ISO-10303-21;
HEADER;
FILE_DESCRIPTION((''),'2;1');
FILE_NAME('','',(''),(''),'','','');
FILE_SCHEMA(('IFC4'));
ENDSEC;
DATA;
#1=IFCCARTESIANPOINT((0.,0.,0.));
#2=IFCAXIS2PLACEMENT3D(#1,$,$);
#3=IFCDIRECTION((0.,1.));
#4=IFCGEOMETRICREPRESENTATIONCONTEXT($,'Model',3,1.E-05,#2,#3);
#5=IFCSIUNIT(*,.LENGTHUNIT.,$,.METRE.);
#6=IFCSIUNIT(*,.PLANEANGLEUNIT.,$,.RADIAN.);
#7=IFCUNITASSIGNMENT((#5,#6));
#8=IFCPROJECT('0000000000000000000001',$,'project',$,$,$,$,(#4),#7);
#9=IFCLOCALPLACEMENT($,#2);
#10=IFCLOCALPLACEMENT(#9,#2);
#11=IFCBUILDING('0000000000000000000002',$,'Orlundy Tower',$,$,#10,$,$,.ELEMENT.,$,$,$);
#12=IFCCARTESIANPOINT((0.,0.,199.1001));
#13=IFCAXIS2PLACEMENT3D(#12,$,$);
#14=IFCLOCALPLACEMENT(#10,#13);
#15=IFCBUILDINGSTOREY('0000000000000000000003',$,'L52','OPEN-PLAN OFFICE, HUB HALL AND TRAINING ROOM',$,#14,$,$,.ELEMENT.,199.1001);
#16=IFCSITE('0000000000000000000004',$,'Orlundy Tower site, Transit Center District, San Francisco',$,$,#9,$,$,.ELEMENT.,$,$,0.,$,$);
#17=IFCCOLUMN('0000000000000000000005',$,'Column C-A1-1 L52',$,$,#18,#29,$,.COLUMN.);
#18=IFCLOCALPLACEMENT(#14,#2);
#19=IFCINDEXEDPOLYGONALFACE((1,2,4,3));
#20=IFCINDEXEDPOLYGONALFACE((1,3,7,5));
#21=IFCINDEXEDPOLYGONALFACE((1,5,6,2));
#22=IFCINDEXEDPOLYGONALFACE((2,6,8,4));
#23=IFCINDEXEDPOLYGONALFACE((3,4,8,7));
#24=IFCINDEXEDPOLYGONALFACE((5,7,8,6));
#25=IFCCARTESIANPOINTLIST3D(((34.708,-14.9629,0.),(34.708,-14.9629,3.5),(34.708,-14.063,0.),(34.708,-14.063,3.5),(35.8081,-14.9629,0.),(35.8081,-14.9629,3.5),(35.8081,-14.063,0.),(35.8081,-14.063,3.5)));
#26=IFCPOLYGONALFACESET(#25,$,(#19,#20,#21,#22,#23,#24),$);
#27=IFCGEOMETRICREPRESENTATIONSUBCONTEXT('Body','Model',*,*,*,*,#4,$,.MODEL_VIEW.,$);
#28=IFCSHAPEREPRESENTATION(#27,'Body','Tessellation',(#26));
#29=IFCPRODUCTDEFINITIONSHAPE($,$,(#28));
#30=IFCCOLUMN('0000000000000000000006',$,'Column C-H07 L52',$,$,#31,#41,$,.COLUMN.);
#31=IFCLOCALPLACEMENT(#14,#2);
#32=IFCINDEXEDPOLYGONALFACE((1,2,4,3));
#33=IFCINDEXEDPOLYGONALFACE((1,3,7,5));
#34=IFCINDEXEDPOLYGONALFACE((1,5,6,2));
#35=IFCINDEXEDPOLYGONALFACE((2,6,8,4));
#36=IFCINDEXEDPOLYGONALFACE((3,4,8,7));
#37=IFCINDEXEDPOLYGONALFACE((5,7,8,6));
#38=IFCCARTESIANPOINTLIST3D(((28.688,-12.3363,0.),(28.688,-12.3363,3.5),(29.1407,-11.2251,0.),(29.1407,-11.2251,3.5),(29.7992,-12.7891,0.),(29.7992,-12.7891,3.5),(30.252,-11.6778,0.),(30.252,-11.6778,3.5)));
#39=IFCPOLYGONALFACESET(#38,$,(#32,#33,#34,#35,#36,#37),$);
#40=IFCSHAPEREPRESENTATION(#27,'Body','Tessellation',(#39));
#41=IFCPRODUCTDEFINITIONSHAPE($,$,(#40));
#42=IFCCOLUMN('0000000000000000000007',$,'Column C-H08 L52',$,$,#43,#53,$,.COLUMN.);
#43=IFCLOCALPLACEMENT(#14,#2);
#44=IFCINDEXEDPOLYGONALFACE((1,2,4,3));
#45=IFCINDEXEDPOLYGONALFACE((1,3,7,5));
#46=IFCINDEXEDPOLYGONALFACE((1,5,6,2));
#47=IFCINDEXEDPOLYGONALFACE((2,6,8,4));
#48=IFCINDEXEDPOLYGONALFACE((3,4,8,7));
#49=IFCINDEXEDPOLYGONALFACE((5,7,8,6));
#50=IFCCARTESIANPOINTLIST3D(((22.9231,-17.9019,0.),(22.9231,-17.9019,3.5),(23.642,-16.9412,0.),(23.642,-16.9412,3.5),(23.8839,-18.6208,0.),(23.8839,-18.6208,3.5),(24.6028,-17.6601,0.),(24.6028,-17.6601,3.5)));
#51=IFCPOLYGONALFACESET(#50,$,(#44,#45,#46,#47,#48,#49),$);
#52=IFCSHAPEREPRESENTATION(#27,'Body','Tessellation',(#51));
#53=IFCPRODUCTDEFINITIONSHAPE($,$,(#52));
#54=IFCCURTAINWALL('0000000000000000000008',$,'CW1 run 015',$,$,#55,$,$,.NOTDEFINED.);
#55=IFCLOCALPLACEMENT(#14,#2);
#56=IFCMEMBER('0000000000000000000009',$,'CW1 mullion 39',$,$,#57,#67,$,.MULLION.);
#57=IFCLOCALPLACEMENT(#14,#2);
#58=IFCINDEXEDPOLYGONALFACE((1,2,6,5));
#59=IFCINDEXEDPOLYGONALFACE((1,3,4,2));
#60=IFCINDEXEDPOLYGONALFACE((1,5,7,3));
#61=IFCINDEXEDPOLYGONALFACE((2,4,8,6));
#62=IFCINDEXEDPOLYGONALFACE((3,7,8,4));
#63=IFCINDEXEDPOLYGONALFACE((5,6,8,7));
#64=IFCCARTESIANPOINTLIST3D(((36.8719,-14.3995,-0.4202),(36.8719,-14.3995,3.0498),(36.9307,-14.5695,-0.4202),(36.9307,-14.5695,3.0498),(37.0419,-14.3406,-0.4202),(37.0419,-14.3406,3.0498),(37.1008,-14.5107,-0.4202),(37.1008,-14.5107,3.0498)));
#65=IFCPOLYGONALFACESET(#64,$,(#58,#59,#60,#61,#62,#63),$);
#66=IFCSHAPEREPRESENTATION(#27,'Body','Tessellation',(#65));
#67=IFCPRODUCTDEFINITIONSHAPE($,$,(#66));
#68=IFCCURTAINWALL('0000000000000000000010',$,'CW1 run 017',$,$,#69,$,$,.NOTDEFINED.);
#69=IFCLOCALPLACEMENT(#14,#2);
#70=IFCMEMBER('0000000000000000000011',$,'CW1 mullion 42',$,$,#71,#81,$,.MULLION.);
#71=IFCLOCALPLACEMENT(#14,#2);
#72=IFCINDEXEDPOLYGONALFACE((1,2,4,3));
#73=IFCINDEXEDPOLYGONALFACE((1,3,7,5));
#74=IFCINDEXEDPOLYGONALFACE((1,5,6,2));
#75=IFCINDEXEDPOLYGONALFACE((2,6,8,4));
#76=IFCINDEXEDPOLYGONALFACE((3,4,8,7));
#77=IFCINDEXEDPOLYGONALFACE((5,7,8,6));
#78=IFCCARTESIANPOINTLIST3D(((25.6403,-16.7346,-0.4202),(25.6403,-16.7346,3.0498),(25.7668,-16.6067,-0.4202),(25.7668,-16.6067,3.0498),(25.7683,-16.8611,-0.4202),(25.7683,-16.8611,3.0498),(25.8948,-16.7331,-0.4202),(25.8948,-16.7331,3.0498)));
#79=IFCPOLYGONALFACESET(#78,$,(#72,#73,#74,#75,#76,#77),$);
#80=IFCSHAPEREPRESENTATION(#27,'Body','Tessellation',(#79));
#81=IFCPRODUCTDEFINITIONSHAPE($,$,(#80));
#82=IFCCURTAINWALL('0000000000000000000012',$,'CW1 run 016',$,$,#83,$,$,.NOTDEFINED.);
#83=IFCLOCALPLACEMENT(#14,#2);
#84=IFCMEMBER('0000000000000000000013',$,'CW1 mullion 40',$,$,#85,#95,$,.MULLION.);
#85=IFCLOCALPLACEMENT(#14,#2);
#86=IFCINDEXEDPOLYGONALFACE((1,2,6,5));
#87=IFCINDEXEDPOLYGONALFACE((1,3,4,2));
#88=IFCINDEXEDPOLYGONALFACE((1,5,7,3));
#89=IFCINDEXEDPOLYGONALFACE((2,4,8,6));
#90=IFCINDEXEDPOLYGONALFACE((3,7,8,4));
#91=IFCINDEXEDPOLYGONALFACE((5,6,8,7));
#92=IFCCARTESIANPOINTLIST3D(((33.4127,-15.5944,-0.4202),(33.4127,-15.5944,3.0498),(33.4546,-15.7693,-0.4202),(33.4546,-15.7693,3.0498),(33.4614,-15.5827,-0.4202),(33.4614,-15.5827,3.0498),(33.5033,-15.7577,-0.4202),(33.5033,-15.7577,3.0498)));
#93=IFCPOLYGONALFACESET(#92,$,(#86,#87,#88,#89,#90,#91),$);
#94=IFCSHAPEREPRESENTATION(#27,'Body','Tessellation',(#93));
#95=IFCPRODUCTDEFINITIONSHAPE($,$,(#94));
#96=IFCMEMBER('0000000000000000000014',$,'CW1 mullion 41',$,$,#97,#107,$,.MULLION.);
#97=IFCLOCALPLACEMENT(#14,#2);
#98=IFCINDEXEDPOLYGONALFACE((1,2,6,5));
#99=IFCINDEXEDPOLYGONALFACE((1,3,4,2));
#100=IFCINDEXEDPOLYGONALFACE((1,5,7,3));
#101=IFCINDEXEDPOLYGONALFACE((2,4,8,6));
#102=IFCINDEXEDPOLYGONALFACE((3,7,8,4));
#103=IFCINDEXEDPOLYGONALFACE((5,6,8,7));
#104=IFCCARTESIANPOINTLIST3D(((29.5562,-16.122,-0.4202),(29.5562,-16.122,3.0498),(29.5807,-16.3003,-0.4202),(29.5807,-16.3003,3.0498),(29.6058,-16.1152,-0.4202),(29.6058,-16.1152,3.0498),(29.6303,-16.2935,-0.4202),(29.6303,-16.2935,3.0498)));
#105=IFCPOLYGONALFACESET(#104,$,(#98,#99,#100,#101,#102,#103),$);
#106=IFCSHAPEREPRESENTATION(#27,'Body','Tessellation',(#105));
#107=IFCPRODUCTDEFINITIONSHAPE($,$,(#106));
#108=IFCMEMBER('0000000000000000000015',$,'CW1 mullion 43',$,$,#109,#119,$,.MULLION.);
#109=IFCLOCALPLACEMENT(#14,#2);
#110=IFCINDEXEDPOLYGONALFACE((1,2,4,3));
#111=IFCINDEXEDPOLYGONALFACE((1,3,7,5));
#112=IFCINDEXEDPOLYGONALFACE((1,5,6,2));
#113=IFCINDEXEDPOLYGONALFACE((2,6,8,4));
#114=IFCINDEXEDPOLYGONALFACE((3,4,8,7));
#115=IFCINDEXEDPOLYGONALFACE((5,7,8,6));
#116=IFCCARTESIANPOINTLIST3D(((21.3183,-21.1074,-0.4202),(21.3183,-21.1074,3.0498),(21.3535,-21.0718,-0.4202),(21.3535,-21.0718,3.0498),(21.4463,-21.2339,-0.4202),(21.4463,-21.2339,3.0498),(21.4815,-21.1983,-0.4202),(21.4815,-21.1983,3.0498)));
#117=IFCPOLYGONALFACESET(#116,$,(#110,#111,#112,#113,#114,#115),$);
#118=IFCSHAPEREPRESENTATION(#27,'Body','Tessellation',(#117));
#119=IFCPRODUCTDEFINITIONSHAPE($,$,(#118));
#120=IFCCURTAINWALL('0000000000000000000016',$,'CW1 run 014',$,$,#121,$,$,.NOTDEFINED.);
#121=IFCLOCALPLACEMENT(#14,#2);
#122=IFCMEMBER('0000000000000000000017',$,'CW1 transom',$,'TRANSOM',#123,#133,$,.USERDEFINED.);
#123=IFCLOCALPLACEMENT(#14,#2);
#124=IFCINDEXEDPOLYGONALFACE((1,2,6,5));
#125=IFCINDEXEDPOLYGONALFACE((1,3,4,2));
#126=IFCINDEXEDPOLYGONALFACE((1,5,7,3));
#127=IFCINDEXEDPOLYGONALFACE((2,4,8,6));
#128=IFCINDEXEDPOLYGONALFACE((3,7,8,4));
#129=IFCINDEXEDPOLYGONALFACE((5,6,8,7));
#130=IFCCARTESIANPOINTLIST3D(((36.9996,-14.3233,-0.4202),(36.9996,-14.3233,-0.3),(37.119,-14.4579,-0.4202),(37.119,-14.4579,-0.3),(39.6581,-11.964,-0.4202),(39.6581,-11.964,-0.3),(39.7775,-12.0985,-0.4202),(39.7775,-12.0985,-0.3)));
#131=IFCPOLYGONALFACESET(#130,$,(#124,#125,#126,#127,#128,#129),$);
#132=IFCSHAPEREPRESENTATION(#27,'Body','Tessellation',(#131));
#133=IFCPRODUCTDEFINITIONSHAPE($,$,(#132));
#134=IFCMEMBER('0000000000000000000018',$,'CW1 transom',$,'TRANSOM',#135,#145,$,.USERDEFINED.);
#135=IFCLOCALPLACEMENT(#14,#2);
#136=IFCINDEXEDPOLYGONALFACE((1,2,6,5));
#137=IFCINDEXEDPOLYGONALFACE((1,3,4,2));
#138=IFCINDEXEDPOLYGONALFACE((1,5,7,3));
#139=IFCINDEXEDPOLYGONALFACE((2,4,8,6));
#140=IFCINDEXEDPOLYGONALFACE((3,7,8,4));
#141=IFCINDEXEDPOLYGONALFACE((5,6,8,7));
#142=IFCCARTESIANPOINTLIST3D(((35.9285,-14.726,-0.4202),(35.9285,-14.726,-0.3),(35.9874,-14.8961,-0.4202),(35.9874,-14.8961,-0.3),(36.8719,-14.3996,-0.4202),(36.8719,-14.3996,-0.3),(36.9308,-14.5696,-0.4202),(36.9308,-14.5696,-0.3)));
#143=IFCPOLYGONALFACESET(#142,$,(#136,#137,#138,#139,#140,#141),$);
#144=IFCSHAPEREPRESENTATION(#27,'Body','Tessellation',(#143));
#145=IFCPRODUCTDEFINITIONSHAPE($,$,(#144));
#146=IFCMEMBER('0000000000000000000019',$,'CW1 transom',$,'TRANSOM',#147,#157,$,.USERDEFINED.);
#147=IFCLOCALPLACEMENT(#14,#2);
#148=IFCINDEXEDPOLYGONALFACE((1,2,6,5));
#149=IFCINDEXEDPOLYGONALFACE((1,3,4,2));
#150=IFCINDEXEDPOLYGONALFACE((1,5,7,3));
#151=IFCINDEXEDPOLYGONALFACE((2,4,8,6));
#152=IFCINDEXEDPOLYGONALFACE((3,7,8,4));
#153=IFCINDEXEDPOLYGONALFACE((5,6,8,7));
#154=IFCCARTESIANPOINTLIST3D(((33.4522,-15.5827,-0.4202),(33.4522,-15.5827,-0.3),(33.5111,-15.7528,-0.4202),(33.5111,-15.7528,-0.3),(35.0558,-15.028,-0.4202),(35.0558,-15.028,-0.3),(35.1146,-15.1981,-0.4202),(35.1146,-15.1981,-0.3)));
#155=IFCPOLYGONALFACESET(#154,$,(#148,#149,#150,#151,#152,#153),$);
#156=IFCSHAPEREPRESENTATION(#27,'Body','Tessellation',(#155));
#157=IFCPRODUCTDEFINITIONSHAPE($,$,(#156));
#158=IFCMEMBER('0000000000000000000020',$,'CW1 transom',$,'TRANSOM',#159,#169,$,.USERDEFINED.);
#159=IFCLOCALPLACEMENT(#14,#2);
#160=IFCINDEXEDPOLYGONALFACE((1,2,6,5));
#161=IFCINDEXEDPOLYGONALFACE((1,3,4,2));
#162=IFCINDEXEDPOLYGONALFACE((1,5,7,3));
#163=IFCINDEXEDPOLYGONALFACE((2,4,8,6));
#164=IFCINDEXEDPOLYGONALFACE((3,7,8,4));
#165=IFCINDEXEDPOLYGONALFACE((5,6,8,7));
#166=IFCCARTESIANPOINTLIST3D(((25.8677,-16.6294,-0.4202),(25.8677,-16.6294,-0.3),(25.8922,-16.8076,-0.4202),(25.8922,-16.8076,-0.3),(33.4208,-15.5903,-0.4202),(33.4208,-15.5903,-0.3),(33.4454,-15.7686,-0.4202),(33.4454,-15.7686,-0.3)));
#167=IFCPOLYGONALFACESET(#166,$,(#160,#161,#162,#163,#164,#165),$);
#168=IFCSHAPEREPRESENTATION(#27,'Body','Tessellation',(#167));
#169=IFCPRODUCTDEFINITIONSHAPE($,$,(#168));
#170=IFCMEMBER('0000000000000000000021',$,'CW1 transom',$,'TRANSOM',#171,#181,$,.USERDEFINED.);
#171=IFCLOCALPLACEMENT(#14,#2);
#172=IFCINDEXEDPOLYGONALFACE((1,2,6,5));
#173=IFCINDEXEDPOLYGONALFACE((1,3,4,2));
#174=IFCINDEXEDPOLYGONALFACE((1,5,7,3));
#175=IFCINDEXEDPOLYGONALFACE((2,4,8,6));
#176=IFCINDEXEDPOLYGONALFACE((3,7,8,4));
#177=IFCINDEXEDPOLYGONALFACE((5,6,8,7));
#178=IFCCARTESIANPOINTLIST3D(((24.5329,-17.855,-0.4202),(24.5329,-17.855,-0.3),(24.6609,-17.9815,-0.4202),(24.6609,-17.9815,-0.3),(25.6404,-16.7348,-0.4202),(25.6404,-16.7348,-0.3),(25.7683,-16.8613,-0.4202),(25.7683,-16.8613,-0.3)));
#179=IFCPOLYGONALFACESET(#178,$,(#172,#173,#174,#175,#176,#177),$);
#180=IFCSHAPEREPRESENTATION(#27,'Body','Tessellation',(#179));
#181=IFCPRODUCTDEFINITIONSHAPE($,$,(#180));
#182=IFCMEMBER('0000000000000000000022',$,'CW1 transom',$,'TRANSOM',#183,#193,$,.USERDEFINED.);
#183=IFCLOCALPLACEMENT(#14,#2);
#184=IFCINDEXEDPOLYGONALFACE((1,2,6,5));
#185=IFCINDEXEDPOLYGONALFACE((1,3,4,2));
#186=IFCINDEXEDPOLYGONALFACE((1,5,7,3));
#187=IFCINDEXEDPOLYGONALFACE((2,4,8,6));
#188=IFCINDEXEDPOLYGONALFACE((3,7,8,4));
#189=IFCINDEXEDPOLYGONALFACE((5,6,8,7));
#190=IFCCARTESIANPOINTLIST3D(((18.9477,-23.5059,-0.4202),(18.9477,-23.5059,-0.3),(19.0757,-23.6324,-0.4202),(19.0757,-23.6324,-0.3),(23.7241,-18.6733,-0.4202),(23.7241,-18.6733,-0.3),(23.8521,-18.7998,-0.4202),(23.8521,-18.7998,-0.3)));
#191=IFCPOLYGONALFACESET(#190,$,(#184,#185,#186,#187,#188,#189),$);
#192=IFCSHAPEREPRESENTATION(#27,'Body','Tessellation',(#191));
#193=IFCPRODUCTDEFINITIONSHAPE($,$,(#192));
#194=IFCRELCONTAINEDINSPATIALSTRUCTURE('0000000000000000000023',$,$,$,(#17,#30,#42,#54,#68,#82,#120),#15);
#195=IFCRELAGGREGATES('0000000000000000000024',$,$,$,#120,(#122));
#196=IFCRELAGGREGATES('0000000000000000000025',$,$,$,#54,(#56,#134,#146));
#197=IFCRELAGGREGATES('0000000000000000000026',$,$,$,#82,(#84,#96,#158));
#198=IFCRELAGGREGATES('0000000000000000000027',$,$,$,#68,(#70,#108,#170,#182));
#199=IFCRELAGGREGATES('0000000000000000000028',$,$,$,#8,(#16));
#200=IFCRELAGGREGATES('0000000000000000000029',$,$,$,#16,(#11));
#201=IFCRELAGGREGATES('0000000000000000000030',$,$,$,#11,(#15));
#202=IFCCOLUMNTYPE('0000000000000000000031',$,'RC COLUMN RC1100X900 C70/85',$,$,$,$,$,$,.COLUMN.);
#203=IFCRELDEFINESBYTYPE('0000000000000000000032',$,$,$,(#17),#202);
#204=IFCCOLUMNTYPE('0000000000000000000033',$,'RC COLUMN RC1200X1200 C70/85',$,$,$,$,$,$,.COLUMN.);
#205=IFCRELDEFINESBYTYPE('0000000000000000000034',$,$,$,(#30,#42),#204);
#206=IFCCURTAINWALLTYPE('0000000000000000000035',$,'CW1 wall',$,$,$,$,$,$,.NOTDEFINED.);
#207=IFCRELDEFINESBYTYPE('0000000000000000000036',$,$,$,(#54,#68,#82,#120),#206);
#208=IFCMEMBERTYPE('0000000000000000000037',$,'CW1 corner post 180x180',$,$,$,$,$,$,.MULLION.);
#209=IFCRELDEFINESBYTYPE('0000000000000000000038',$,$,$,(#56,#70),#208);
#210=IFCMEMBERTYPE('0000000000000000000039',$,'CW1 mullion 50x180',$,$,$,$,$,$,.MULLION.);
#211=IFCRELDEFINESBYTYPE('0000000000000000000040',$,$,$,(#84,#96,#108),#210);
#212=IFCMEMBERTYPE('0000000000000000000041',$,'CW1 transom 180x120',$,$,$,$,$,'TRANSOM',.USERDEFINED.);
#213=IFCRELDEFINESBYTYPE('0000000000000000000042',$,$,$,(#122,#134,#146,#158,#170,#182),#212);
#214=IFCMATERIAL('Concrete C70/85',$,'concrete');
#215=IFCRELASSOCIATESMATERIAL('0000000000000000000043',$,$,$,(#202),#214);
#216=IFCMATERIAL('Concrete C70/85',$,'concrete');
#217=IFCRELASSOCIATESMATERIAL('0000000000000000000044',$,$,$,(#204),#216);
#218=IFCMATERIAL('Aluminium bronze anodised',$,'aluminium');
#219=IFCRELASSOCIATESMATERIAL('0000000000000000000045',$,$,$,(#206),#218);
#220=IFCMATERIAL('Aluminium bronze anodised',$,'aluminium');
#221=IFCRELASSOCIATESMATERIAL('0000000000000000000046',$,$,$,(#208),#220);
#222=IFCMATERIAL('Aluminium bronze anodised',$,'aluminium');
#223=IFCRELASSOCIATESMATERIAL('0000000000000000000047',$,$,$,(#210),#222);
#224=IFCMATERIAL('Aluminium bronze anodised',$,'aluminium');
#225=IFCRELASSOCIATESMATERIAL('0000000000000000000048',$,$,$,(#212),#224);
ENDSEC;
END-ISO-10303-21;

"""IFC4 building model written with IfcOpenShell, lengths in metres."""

from ifc_helpers import new_model, si_unit, direction, frame, origin, origin_2d, place, context, subcontext, project, spatial, rectangle, extrude, material, material_profile, profile_set, type_object, element, aggregate, save


model = new_model("IFC4")

# Units and contexts
model_context = context("Model", 3, precision=1e-05, world=origin(), true_north=direction((0.0, 1.0)))
body_context = subcontext(model_context, "Body", "Model", "MODEL_VIEW")
ifc_project = project(units=[si_unit("LENGTHUNIT", "METRE"), si_unit("PLANEANGLEUNIT", "RADIAN")], contexts=[model_context])

# Site, building, storey
site_placement = place(None, origin())
site = spatial("IfcSite", under=ifc_project, at=site_placement, Name="Orlundy Tower site, Transit Center District, San Francisco", CompositionType="ELEMENT", RefElevation=0.0)
building_placement = place(site_placement, origin())
building = spatial("IfcBuilding", under=site, at=building_placement, Name="Orlundy Tower", CompositionType="ELEMENT")
storey_placement = place(building_placement, frame((0.0, 0.0, 199.1001)))
storey = spatial("IfcBuildingStorey", under=building, at=storey_placement, Name="L52", Description="OPEN-PLAN OFFICE, HUB HALL AND TRAINING ROOM", CompositionType="ELEMENT", Elevation=199.1001)

# Columns
ifc_material_1 = material(Name="Concrete C70/85", Category="concrete")
ifc_material_profile_1 = material_profile(ifc_material_1, rectangle(XDim=1.1001, YDim=0.8999, at=origin_2d()), Name="RC1100X900")
ifc_profile_set_1 = profile_set([ifc_material_profile_1], Name="Concrete C70/85")
column_type_1 = type_object("IfcColumnType", Name="RC COLUMN RC1100X900 C70/85", PredefinedType="COLUMN", material=ifc_profile_set_1)
column_placement = place(storey_placement, frame((35.2581, -14.5129, 0.0), z_axis=(0.0, 0.0, 1.0), x_axis=(1.0, 0.0, 0.0)))
element("IfcColumn", 1, at=column_placement, inside=storey, type_object=column_type_1, Name="Column C-A1-1 L52", PredefinedType="COLUMN", context=body_context, shape_type="SweptSolid", body=[
    extrude(rectangle(XDim=1.1001, YDim=0.8999, at=origin_2d()), origin(), (0.0, 0.0, 1.0), 3.5),
])
ifc_material_2 = material(Name="Concrete C70/85", Category="concrete")
ifc_material_profile_2 = material_profile(ifc_material_2, rectangle(XDim=1.2, YDim=1.2, at=origin_2d()), Name="RC1200X1200")
ifc_profile_set_2 = profile_set([ifc_material_profile_2], Name="Concrete C70/85")
column_type_2 = type_object("IfcColumnType", Name="RC COLUMN RC1200X1200 C70/85", PredefinedType="COLUMN", material=ifc_profile_set_2)
for number, where, z_axis, x_axis, name in (
    (2, (29.47, -12.0071, 0.0), (0.0, 0.0, 1.0), (0.926081, -0.377324, 0.0), "Column C-H07 L52"),
    (3, (23.7629, -17.781, 0.0), (0.0, 0.0, 1.0), (0.800669, -0.599107, 0.0), "Column C-H08 L52"),
):
    element("IfcColumn", number, at=place(storey_placement, frame(where, z_axis=z_axis, x_axis=x_axis)), inside=storey, type_object=column_type_2, Name=name, PredefinedType="COLUMN", context=body_context, shape_type="SweptSolid", body=[
        extrude(rectangle(XDim=1.2, YDim=1.2, at=origin_2d()), origin(), (0.0, 0.0, 1.0), 3.5),
    ])

# Curtain walls, members
ifc_material_3 = material(Name="Aluminium bronze anodised", Category="aluminium")
curtain_wall_type = type_object("IfcCurtainWallType", Name="CW1 wall", PredefinedType="NOTDEFINED", material=ifc_material_3)
curtain_wall_1_placement = place(storey_placement, origin())
curtain_wall_1 = element("IfcCurtainWall", 4, at=curtain_wall_1_placement, inside=storey, type_object=curtain_wall_type, Name="CW1 run 015", PredefinedType="NOTDEFINED")
ifc_material_4 = material(Name="Aluminium bronze anodised", Category="aluminium")
ifc_material_profile_3 = material_profile(ifc_material_4, rectangle(XDim=0.1799, YDim=0.1799, at=origin_2d()), Name="CW1 corner post 180x180")
ifc_profile_set_3 = profile_set([ifc_material_profile_3], Name="Aluminium bronze anodised")
member_type_1 = type_object("IfcMemberType", Name="CW1 corner post 180x180", PredefinedType="MULLION", material=ifc_profile_set_3)
member_1_placement = place(storey_placement, frame((36.9863, -14.4551, -0.4202), z_axis=(0.0, 0.0, 1.0), x_axis=(0.326972, -0.945034, 0.0)))
member_1 = element("IfcMember", 5, at=member_1_placement, type_object=member_type_1, Name="CW1 mullion 39", PredefinedType="MULLION", context=body_context, shape_type="SweptSolid", body=[
    extrude(rectangle(XDim=0.1799, YDim=0.1799, at=origin_2d()), origin(), (0.0, 0.0, 1.0), 3.47),
])
curtain_wall_2_placement = place(storey_placement, origin())
curtain_wall_2 = element("IfcCurtainWall", 6, at=curtain_wall_2_placement, inside=storey, type_object=curtain_wall_type, Name="CW1 run 017", PredefinedType="NOTDEFINED")
member_2_placement = place(storey_placement, frame((25.7676, -16.7339, -0.4202), z_axis=(0.0, 0.0, 1.0), x_axis=(0.711219, -0.70297, 0.0)))
member_2 = element("IfcMember", 7, at=member_2_placement, type_object=member_type_1, Name="CW1 mullion 42", PredefinedType="MULLION", context=body_context, shape_type="SweptSolid", body=[
    extrude(rectangle(XDim=0.1799, YDim=0.1799, at=origin_2d()), origin(), (0.0, 0.0, 1.0), 3.47),
])

# Curtain wall, members
curtain_wall_3_placement = place(storey_placement, origin())
curtain_wall_3 = element("IfcCurtainWall", 8, at=curtain_wall_3_placement, inside=storey, type_object=curtain_wall_type, Name="CW1 run 016", PredefinedType="NOTDEFINED")
ifc_material_5 = material(Name="Aluminium bronze anodised", Category="aluminium")
ifc_material_profile_4 = material_profile(ifc_material_5, rectangle(XDim=0.1799, YDim=0.05, at=origin_2d()), Name="CW1 mullion 50x180")
ifc_profile_set_4 = profile_set([ifc_material_profile_4], Name="Aluminium bronze anodised")
member_type_2 = type_object("IfcMemberType", Name="CW1 mullion 50x180", PredefinedType="MULLION", material=ifc_profile_set_4)
member_3_placement = place(storey_placement, frame((33.458, -15.676, -0.4202), z_axis=(0.0, 0.0, 1.0), x_axis=(0.232754, -0.972536, 0.0)))
member_3 = element("IfcMember", 9, at=member_3_placement, type_object=member_type_2, Name="CW1 mullion 40", PredefinedType="MULLION", context=body_context, shape_type="SweptSolid", body=[
    extrude(rectangle(XDim=0.1799, YDim=0.05, at=origin_2d()), origin(), (0.0, 0.0, 1.0), 3.47),
])
member_4_placement = place(storey_placement, frame((29.5933, -16.2078, -0.4202), z_axis=(0.0, 0.0, 1.0), x_axis=(0.136294, -0.990668, 0.0)))
member_4 = element("IfcMember", 10, at=member_4_placement, type_object=member_type_2, Name="CW1 mullion 41", PredefinedType="MULLION", context=body_context, shape_type="SweptSolid", body=[
    extrude(rectangle(XDim=0.1799, YDim=0.05, at=origin_2d()), origin(), (0.0, 0.0, 1.0), 3.47),
])

# Member
member_5_placement = place(storey_placement, frame((21.3999, -21.1528, -0.4202), z_axis=(0.0, 0.0, 1.0), x_axis=(0.711219, -0.70297, 0.0)))
member_5 = element("IfcMember", 11, at=member_5_placement, type_object=member_type_2, Name="CW1 mullion 43", PredefinedType="MULLION", context=body_context, shape_type="SweptSolid", body=[
    extrude(rectangle(XDim=0.1799, YDim=0.05, at=origin_2d()), origin(), (0.0, 0.0, 1.0), 3.47),
])

# Curtain wall, member
curtain_wall_4_placement = place(storey_placement, origin())
curtain_wall_4 = element("IfcCurtainWall", 12, at=curtain_wall_4_placement, inside=storey, type_object=curtain_wall_type, Name="CW1 run 014", PredefinedType="NOTDEFINED")
ifc_material_6 = material(Name="Aluminium bronze anodised", Category="aluminium")
ifc_material_profile_5 = material_profile(ifc_material_6, rectangle(XDim=0.1799, YDim=0.1201, at=origin_2d()), Name="CW1 transom 180x120")
ifc_profile_set_5 = profile_set([ifc_material_profile_5], Name="Aluminium bronze anodised")
member_type_3 = type_object("IfcMemberType", Name="CW1 transom 180x120", ElementType="TRANSOM", PredefinedType="USERDEFINED", material=ifc_profile_set_5)
member_6_placement = place(storey_placement, frame((39.7178, -12.0312, -0.3601), z_axis=(-0.747924, -0.663784, 0.0), x_axis=(0.663784, -0.747924, 0.0)))
member_6 = element("IfcMember", 13, at=member_6_placement, type_object=member_type_3, Name="CW1 transom", ObjectType="TRANSOM", PredefinedType="USERDEFINED", context=body_context, shape_type="SweptSolid", body=[
    extrude(rectangle(XDim=0.1799, YDim=0.1201, at=origin_2d()), origin(), (0.0, 0.0, 1.0), 3.5544),
])

# Members
member_7_placement = place(storey_placement, frame((36.9014, -14.4846, -0.3601), z_axis=(-0.945027, -0.326993, 0.0), x_axis=(0.326993, -0.945027, 0.0)))
member_7 = element("IfcMember", 14, at=member_7_placement, type_object=member_type_3, Name="CW1 transom", ObjectType="TRANSOM", PredefinedType="USERDEFINED", context=body_context, shape_type="SweptSolid", body=[
    extrude(rectangle(XDim=0.1799, YDim=0.1201, at=origin_2d()), origin(), (0.0, 0.0, 1.0), 0.9983),
])
member_8_placement = place(storey_placement, frame((35.0852, -15.113, -0.3601), z_axis=(-0.945054, -0.326913, 0.0), x_axis=(0.326913, -0.945054, 0.0)))
member_8 = element("IfcMember", 15, at=member_8_placement, type_object=member_type_3, Name="CW1 transom", ObjectType="TRANSOM", PredefinedType="USERDEFINED", context=body_context, shape_type="SweptSolid", body=[
    extrude(rectangle(XDim=0.1799, YDim=0.1201, at=origin_2d()), origin(), (0.0, 0.0, 1.0), 1.6968),
])
member_9_placement = place(storey_placement, frame((33.4331, -15.6794, -0.3601), z_axis=(-0.99067, -0.136282, 0.0), x_axis=(0.136282, -0.99067, 0.0)))
member_9 = element("IfcMember", 16, at=member_9_placement, type_object=member_type_3, Name="CW1 transom", ObjectType="TRANSOM", PredefinedType="USERDEFINED", context=body_context, shape_type="SweptSolid", body=[
    extrude(rectangle(XDim=0.1799, YDim=0.1201, at=origin_2d()), origin(), (0.0, 0.0, 1.0), 7.6243),
])
member_10_placement = place(storey_placement, frame((25.7043, -16.7981, -0.3601), z_axis=(-0.703065, -0.711125, 0.0), x_axis=(0.711125, -0.703065, 0.0)))
member_10 = element("IfcMember", 17, at=member_10_placement, type_object=member_type_3, Name="CW1 transom", ObjectType="TRANSOM", PredefinedType="USERDEFINED", context=body_context, shape_type="SweptSolid", body=[
    extrude(rectangle(XDim=0.1799, YDim=0.1201, at=origin_2d()), origin(), (0.0, 0.0, 1.0), 1.5752),
])
member_11_placement = place(storey_placement, frame((23.7881, -18.7366, -0.3601), z_axis=(-0.702963, -0.711227, 0.0), x_axis=(0.711227, -0.702963, 0.0)))
member_11 = element("IfcMember", 18, at=member_11_placement, type_object=member_type_3, Name="CW1 transom", ObjectType="TRANSOM", PredefinedType="USERDEFINED", context=body_context, shape_type="SweptSolid", body=[
    extrude(rectangle(XDim=0.1799, YDim=0.1201, at=origin_2d()), origin(), (0.0, 0.0, 1.0), 6.7947),
])

aggregate(curtain_wall_4, [member_6])
aggregate(curtain_wall_1, [member_1, member_7, member_8])
aggregate(curtain_wall_3, [member_3, member_4, member_9])
aggregate(curtain_wall_2, [member_2, member_5, member_10, member_11])

save(model, "model.ifc")
